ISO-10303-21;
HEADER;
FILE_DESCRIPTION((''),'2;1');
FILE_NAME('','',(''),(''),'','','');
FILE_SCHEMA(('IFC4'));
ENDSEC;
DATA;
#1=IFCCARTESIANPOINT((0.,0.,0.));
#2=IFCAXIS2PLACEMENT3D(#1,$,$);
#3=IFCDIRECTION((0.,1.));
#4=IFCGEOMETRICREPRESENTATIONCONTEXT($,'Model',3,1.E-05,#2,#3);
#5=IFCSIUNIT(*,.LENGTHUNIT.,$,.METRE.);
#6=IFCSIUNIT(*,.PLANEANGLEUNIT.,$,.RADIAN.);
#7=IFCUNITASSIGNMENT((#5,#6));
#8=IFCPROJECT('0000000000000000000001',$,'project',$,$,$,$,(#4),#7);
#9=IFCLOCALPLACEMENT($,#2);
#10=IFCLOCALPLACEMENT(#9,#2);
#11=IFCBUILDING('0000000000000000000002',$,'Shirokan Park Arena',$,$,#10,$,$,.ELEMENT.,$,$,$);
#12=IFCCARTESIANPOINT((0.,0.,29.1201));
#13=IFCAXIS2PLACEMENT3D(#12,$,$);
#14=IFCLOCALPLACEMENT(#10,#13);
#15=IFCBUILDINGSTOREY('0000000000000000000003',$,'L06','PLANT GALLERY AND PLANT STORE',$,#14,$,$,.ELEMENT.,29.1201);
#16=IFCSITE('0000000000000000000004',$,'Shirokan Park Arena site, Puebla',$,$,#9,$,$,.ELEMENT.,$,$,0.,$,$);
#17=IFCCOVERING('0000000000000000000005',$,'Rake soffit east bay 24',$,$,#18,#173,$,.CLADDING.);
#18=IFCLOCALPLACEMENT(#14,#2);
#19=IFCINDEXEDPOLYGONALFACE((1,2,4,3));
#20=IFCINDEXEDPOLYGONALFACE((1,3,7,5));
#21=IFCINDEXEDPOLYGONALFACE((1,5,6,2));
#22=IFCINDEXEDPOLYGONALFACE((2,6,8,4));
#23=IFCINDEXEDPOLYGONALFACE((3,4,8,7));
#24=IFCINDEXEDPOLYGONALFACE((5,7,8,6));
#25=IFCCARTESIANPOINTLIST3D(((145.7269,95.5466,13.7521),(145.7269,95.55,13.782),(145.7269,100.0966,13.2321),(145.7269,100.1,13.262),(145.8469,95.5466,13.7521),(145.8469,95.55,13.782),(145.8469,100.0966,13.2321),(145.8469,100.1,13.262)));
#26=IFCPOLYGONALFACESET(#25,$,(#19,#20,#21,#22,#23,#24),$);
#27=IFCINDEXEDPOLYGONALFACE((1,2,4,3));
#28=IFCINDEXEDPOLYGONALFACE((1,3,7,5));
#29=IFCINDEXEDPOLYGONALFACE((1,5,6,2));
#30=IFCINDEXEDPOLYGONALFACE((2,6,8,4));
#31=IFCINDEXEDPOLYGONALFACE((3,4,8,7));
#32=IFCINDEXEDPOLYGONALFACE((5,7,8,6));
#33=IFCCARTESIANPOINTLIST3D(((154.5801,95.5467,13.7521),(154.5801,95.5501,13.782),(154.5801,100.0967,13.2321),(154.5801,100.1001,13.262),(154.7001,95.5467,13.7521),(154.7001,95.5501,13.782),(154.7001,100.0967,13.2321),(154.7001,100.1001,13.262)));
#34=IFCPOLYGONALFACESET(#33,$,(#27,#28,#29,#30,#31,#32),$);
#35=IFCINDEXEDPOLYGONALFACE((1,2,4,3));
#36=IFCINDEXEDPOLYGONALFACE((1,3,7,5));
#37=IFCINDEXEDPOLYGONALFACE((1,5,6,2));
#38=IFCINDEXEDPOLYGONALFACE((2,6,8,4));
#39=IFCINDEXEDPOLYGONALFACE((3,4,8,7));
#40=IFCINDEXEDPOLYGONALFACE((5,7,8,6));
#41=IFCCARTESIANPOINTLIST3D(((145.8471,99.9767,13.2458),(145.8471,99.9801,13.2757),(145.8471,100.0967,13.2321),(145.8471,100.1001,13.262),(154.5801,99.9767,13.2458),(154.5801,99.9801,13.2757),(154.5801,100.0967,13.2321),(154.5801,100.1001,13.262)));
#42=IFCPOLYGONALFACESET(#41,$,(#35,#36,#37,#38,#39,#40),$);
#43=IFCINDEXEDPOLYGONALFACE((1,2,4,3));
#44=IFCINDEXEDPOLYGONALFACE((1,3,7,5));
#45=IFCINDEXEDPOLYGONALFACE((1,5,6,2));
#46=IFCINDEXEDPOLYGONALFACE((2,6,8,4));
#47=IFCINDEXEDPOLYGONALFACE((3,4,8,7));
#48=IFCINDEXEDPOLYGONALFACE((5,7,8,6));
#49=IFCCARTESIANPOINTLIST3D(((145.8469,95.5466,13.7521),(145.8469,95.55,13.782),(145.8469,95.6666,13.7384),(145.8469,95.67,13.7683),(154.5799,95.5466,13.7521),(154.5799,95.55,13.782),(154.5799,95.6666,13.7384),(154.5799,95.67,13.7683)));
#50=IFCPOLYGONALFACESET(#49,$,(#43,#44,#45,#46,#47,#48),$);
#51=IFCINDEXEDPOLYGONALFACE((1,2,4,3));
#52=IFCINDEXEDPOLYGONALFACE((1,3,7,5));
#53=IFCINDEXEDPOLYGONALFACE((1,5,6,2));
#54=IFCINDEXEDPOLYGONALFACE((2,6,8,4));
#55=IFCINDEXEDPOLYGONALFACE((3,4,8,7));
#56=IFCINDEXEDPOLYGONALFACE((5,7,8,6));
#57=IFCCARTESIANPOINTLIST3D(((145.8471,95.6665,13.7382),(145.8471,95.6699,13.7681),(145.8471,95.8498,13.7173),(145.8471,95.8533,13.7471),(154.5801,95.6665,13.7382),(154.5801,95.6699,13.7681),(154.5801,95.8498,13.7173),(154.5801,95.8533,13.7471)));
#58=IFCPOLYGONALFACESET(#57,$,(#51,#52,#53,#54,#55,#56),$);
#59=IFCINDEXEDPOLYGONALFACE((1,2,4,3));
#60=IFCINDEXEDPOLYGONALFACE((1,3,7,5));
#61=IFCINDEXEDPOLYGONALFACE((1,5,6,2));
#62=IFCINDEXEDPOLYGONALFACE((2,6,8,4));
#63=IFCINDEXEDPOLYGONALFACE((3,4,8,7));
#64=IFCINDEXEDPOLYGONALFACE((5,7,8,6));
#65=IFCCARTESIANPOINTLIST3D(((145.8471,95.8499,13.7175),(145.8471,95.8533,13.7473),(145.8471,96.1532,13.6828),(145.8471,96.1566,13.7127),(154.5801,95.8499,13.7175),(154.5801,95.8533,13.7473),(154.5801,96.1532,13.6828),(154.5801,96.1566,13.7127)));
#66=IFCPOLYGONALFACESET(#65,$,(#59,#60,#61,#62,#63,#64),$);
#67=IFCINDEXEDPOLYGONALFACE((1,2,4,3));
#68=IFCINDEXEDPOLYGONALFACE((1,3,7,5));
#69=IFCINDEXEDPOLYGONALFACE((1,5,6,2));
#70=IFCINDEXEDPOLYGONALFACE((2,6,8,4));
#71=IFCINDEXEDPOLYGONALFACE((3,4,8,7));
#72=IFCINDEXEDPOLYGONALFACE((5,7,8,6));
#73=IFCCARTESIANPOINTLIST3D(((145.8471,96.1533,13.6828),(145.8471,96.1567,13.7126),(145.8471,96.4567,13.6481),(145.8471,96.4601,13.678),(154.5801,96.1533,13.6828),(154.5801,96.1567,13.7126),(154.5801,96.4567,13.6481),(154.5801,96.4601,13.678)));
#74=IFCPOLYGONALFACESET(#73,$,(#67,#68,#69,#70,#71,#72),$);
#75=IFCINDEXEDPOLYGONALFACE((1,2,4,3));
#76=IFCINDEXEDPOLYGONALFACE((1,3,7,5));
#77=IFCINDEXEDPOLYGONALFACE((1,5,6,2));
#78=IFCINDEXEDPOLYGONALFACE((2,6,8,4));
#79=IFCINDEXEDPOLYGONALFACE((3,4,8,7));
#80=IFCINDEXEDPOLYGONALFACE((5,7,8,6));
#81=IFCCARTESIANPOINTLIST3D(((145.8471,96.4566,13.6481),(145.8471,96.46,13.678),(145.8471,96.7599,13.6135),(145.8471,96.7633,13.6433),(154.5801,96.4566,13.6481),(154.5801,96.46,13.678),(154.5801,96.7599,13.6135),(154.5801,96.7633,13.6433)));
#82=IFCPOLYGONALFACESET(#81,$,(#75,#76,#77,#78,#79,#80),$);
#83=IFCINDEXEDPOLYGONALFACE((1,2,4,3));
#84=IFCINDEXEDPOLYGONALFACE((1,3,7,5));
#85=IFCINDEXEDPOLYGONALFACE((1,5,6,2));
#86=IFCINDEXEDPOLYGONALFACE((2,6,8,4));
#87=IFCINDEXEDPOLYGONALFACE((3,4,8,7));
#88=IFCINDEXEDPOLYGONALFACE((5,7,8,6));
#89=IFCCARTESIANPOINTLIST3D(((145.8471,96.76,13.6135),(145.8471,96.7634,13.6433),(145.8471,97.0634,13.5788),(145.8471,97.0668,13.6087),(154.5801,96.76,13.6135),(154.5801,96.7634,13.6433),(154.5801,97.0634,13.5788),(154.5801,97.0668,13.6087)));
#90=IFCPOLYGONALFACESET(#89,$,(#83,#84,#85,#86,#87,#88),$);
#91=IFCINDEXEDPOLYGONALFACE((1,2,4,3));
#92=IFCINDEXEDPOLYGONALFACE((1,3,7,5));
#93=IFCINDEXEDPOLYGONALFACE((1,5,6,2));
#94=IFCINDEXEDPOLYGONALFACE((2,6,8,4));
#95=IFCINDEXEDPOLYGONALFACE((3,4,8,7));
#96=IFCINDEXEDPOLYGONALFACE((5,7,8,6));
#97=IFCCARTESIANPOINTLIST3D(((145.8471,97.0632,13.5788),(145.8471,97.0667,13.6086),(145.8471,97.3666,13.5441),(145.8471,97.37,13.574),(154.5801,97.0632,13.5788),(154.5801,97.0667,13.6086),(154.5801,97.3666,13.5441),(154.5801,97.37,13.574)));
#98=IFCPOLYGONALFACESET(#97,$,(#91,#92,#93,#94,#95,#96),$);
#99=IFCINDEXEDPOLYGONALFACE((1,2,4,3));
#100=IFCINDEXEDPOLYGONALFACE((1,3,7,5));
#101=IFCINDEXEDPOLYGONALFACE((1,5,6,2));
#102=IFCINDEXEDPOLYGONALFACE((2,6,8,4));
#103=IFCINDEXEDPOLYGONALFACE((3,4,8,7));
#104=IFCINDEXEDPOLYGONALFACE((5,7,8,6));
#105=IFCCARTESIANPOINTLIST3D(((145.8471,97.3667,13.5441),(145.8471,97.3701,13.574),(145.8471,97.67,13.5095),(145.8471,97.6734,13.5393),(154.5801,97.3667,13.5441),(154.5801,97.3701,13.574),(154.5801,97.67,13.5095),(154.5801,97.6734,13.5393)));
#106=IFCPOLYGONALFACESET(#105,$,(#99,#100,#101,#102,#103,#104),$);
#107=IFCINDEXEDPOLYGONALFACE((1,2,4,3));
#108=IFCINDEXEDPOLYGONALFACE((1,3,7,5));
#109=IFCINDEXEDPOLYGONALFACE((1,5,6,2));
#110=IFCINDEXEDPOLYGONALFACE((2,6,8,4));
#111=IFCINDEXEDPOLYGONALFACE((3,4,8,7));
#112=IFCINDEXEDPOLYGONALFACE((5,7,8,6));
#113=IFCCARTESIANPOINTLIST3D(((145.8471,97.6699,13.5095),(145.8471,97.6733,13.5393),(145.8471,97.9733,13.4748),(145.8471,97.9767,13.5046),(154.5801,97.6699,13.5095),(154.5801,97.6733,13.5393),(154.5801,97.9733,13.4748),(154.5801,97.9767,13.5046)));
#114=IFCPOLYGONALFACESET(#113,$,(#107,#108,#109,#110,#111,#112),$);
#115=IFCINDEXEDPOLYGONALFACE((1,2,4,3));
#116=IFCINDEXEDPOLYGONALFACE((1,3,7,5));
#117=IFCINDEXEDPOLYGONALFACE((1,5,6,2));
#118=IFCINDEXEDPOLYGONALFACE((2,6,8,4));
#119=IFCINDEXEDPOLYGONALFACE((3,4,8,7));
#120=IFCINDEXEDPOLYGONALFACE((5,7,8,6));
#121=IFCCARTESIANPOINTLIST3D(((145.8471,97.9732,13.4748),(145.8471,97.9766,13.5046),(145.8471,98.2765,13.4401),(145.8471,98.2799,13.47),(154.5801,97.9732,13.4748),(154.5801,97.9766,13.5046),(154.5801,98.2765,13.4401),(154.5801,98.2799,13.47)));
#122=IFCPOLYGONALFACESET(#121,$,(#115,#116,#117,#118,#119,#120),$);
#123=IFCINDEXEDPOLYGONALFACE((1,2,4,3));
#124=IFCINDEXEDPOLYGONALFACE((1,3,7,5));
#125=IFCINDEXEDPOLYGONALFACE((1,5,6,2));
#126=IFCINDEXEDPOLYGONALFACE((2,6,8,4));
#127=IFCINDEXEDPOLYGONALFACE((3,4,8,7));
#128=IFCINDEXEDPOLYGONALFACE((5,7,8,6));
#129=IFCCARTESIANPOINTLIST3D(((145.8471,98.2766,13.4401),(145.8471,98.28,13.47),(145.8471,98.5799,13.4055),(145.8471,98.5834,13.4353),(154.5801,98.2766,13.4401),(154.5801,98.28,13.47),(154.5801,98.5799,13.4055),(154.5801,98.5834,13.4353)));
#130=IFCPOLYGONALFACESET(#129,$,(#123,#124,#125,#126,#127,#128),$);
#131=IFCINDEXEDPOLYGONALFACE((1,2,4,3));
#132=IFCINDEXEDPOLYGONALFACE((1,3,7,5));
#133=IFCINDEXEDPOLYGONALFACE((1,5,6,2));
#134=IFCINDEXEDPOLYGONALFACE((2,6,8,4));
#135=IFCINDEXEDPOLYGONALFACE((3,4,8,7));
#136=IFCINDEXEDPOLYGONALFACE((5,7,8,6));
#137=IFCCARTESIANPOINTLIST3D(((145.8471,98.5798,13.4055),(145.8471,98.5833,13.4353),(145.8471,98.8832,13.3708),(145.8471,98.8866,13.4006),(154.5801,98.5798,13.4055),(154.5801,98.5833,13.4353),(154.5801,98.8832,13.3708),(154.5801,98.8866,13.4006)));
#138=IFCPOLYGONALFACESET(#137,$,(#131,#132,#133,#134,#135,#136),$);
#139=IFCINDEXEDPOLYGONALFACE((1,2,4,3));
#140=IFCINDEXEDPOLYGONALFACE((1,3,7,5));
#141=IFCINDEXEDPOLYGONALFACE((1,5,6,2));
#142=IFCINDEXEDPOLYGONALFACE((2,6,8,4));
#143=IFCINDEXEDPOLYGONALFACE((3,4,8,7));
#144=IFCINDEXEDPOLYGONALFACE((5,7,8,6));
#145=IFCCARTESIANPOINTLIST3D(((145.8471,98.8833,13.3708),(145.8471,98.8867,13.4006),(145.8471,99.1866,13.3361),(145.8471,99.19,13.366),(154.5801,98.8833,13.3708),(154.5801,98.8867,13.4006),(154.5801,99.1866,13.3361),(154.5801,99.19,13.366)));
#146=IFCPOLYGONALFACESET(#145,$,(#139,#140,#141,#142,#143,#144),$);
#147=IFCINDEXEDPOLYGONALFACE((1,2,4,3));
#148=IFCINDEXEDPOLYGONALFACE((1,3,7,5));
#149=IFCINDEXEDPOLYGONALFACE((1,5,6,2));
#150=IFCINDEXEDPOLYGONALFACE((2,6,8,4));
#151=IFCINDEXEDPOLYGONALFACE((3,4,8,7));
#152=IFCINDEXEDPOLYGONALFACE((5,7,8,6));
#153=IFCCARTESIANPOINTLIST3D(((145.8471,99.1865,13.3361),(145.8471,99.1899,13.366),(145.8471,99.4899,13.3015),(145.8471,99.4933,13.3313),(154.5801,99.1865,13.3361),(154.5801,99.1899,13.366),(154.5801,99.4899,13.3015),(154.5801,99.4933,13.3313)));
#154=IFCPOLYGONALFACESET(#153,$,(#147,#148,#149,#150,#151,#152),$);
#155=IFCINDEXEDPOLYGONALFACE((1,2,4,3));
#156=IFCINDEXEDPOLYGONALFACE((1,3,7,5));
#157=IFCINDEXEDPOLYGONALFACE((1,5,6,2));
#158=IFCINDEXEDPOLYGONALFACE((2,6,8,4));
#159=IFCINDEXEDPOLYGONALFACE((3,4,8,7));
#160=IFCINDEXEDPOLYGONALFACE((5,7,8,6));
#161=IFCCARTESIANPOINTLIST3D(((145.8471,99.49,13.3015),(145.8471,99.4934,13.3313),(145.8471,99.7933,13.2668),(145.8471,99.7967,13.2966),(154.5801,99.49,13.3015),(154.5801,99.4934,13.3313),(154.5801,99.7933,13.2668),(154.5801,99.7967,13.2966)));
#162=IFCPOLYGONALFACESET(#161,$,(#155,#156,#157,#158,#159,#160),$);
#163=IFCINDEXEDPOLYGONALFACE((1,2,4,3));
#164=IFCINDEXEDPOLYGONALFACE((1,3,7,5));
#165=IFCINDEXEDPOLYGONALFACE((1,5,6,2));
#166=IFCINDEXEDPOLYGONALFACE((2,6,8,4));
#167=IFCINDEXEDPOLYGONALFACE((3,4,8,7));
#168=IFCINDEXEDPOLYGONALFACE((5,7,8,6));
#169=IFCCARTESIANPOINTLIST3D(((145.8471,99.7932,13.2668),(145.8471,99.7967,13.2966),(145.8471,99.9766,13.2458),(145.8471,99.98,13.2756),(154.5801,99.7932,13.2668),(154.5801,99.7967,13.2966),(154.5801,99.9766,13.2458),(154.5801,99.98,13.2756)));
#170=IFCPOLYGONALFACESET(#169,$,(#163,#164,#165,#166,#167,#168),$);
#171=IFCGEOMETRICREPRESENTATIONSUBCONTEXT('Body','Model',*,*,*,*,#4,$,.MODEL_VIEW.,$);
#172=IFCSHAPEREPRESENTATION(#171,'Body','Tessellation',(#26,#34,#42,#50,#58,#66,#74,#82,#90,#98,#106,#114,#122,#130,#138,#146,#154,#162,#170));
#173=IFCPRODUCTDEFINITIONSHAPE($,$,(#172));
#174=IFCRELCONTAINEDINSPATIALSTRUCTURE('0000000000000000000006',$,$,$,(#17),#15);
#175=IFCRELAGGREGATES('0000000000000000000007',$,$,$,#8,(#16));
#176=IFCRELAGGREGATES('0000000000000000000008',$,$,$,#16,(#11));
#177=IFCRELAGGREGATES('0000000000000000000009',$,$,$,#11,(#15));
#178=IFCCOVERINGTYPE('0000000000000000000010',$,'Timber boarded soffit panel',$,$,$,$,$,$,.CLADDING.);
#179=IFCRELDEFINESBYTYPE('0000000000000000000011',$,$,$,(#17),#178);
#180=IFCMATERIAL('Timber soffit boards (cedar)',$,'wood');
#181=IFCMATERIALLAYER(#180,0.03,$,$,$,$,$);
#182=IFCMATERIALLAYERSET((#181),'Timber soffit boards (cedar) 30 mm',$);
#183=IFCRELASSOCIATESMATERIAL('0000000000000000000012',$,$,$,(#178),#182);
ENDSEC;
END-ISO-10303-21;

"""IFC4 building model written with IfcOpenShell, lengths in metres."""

from ifc_helpers import new_model, si_unit, direction, frame, origin, place, context, subcontext, project, spatial, polyline, outline, extrude, material, layer, layer_set, type_object, element, save


model = new_model("IFC4")

# Units and contexts
model_context = context("Model", 3, precision=1e-05, world=origin(), true_north=direction((0.0, 1.0)))
body_context = subcontext(model_context, "Body", "Model", "MODEL_VIEW")
ifc_project = project(units=[si_unit("LENGTHUNIT", "METRE"), si_unit("PLANEANGLEUNIT", "RADIAN")], contexts=[model_context])

# Site, building, storey
site_placement = place(None, origin())
site = spatial("IfcSite", under=ifc_project, at=site_placement, Name="Shirokan Park Arena site, Puebla", CompositionType="ELEMENT", RefElevation=0.0)
building_placement = place(site_placement, origin())
building = spatial("IfcBuilding", under=site, at=building_placement, Name="Shirokan Park Arena", CompositionType="ELEMENT")
storey_placement = place(building_placement, frame((0.0, 0.0, 29.1201)))
storey = spatial("IfcBuildingStorey", under=building, at=storey_placement, Name="L06", Description="PLANT GALLERY AND PLANT STORE", CompositionType="ELEMENT", Elevation=29.1201)

# Covering
ifc_material_1 = material(Name="Timber soffit boards (cedar)", Category="wood")
ifc_layer_1 = layer(ifc_material_1, 0.03)
ifc_layer_set_1 = layer_set([ifc_layer_1], Name="Timber soffit boards (cedar) 30 mm")
covering_type_1 = type_object("IfcCoveringType", Name="Timber boarded soffit panel", PredefinedType="CLADDING", material=ifc_layer_set_1)
covering_1_placement = place(storey_placement, origin())
element("IfcCovering", 1, at=covering_1_placement, inside=storey, type_object=covering_type_1, Name="Rake soffit east bay 24", PredefinedType="CLADDING", context=body_context, shape_type="SweptSolid", body=[
    extrude(outline(polyline([(0.0, 0.0), (0.12, 0.0), (0.12, -4.5796), (0.0, -4.5796), (0.0, 0.0)])), frame((145.8469, 95.55, 13.782), z_axis=(0.0, 0.113547, 0.993533), x_axis=(-1.0, 0.0, 0.0)), (0.0, 0.0, -1.0), 0.03),
    extrude(outline(polyline([(0.0, 0.0), (0.12, 0.0), (0.12, -4.5796), (0.0, -4.5796), (0.0, 0.0)])), frame((154.5801, 100.1001, 13.262), z_axis=(0.0, 0.113547, 0.993533), x_axis=(1.0, 0.0, 0.0)), (0.0, 0.0, -1.0), 0.03),
    extrude(outline(polyline([(0.0, 0.0), (0.1208, 0.0), (0.1208, -8.733), (0.0, -8.733), (0.0, 0.0)])), frame((154.5801, 100.1001, 13.262), z_axis=(0.0, 0.113512, 0.993537), x_axis=(0.0, -0.993537, 0.113512)), (0.0, 0.0, -1.0), 0.03),
    extrude(outline(polyline([(0.0, 0.0), (0.1208, 0.0), (0.1208, -8.733), (0.0, -8.733), (0.0, 0.0)])), frame((145.8469, 95.55, 13.782), z_axis=(0.0, 0.113512, 0.993537), x_axis=(0.0, 0.993537, -0.113512)), (0.0, 0.0, -1.0), 0.03),
    extrude(outline(polyline([(0.0, 0.0), (8.733, 0.0), (8.733, -0.1845), (0.0, -0.1845), (0.0, 0.0)])), frame((154.5801, 95.6699, 13.7681), z_axis=(0.0, 0.113589, 0.993528), x_axis=(-1.0, 0.0, 0.0)), (0.0, 0.0, -1.0), 0.03),
    extrude(outline(polyline([(0.0, 0.0), (8.733, 0.0), (8.733, -0.3053), (0.0, -0.3053), (0.0, 0.0)])), frame((154.5801, 95.8533, 13.7473), z_axis=(0.0, 0.113523, 0.993535), x_axis=(-1.0, 0.0, 0.0)), (0.0, 0.0, -1.0), 0.03),
    extrude(outline(polyline([(0.0, 0.0), (8.733, 0.0), (8.733, -0.3053), (0.0, -0.3053), (0.0, 0.0)])), frame((154.5801, 96.1567, 13.7126), z_axis=(0.0, 0.113559, 0.993531), x_axis=(-1.0, 0.0, 0.0)), (0.0, 0.0, -1.0), 0.03),
    extrude(outline(polyline([(0.0, 0.0), (8.733, 0.0), (8.733, -0.3053), (0.0, -0.3053), (0.0, 0.0)])), frame((154.5801, 96.46, 13.678), z_axis=(0.0, 0.113559, 0.993531), x_axis=(-1.0, 0.0, 0.0)), (0.0, 0.0, -1.0), 0.03),
    extrude(outline(polyline([(0.0, 0.0), (8.733, 0.0), (8.733, -0.3053), (0.0, -0.3053), (0.0, 0.0)])), frame((154.5801, 96.7634, 13.6433), z_axis=(0.0, 0.113523, 0.993535), x_axis=(-1.0, 0.0, 0.0)), (0.0, 0.0, -1.0), 0.03),
    extrude(outline(polyline([(0.0, 0.0), (8.733, 0.0), (8.733, -0.3053), (0.0, -0.3053), (0.0, 0.0)])), frame((154.5801, 97.0667, 13.6086), z_axis=(0.0, 0.113559, 0.993531), x_axis=(-1.0, 0.0, 0.0)), (0.0, 0.0, -1.0), 0.03),
    extrude(outline(polyline([(0.0, 0.0), (8.733, 0.0), (8.733, -0.3053), (0.0, -0.3053), (0.0, 0.0)])), frame((154.5801, 97.3701, 13.574), z_axis=(0.0, 0.113559, 0.993531), x_axis=(-1.0, 0.0, 0.0)), (0.0, 0.0, -1.0), 0.03),
    extrude(outline(polyline([(0.0, 0.0), (8.733, 0.0), (8.733, -0.3053), (0.0, -0.3053), (0.0, 0.0)])), frame((154.5801, 97.6733, 13.5393), z_axis=(0.0, 0.113523, 0.993535), x_axis=(-1.0, 0.0, 0.0)), (0.0, 0.0, -1.0), 0.03),
    extrude(outline(polyline([(0.0, 0.0), (8.733, 0.0), (8.733, -0.3053), (0.0, -0.3053), (0.0, 0.0)])), frame((154.5801, 97.9766, 13.5046), z_axis=(0.0, 0.113559, 0.993531), x_axis=(-1.0, 0.0, 0.0)), (0.0, 0.0, -1.0), 0.03),
    extrude(outline(polyline([(0.0, 0.0), (8.733, 0.0), (8.733, -0.3053), (0.0, -0.3053), (0.0, 0.0)])), frame((154.5801, 98.28, 13.47), z_axis=(0.0, 0.113559, 0.993531), x_axis=(-1.0, 0.0, 0.0)), (0.0, 0.0, -1.0), 0.03),
    extrude(outline(polyline([(0.0, 0.0), (8.733, 0.0), (8.733, -0.3053), (0.0, -0.3053), (0.0, 0.0)])), frame((154.5801, 98.5833, 13.4353), z_axis=(0.0, 0.113523, 0.993535), x_axis=(-1.0, 0.0, 0.0)), (0.0, 0.0, -1.0), 0.03),
    extrude(outline(polyline([(0.0, 0.0), (8.733, 0.0), (8.733, -0.3053), (0.0, -0.3053), (0.0, 0.0)])), frame((154.5801, 98.8867, 13.4006), z_axis=(0.0, 0.113559, 0.993531), x_axis=(-1.0, 0.0, 0.0)), (0.0, 0.0, -1.0), 0.03),
    extrude(outline(polyline([(0.0, 0.0), (8.733, 0.0), (8.733, -0.3053), (0.0, -0.3053), (0.0, 0.0)])), frame((154.5801, 99.1899, 13.366), z_axis=(0.0, 0.113559, 0.993531), x_axis=(-1.0, 0.0, 0.0)), (0.0, 0.0, -1.0), 0.03),
    extrude(outline(polyline([(0.0, 0.0), (8.733, 0.0), (8.733, -0.3053), (0.0, -0.3053), (0.0, 0.0)])), frame((154.5801, 99.4934, 13.3313), z_axis=(0.0, 0.113523, 0.993535), x_axis=(-1.0, 0.0, 0.0)), (0.0, 0.0, -1.0), 0.03),
    extrude(outline(polyline([(0.0, 0.0), (0.1845, 0.0), (0.1845, -8.733), (0.0, -8.733), (0.0, 0.0)])), frame((154.5801, 99.98, 13.2756), z_axis=(0.0, 0.113589, 0.993528), x_axis=(0.0, -0.993528, 0.113589)), (0.0, 0.0, -1.0), 0.03),
])

save(model, "model.ifc")
